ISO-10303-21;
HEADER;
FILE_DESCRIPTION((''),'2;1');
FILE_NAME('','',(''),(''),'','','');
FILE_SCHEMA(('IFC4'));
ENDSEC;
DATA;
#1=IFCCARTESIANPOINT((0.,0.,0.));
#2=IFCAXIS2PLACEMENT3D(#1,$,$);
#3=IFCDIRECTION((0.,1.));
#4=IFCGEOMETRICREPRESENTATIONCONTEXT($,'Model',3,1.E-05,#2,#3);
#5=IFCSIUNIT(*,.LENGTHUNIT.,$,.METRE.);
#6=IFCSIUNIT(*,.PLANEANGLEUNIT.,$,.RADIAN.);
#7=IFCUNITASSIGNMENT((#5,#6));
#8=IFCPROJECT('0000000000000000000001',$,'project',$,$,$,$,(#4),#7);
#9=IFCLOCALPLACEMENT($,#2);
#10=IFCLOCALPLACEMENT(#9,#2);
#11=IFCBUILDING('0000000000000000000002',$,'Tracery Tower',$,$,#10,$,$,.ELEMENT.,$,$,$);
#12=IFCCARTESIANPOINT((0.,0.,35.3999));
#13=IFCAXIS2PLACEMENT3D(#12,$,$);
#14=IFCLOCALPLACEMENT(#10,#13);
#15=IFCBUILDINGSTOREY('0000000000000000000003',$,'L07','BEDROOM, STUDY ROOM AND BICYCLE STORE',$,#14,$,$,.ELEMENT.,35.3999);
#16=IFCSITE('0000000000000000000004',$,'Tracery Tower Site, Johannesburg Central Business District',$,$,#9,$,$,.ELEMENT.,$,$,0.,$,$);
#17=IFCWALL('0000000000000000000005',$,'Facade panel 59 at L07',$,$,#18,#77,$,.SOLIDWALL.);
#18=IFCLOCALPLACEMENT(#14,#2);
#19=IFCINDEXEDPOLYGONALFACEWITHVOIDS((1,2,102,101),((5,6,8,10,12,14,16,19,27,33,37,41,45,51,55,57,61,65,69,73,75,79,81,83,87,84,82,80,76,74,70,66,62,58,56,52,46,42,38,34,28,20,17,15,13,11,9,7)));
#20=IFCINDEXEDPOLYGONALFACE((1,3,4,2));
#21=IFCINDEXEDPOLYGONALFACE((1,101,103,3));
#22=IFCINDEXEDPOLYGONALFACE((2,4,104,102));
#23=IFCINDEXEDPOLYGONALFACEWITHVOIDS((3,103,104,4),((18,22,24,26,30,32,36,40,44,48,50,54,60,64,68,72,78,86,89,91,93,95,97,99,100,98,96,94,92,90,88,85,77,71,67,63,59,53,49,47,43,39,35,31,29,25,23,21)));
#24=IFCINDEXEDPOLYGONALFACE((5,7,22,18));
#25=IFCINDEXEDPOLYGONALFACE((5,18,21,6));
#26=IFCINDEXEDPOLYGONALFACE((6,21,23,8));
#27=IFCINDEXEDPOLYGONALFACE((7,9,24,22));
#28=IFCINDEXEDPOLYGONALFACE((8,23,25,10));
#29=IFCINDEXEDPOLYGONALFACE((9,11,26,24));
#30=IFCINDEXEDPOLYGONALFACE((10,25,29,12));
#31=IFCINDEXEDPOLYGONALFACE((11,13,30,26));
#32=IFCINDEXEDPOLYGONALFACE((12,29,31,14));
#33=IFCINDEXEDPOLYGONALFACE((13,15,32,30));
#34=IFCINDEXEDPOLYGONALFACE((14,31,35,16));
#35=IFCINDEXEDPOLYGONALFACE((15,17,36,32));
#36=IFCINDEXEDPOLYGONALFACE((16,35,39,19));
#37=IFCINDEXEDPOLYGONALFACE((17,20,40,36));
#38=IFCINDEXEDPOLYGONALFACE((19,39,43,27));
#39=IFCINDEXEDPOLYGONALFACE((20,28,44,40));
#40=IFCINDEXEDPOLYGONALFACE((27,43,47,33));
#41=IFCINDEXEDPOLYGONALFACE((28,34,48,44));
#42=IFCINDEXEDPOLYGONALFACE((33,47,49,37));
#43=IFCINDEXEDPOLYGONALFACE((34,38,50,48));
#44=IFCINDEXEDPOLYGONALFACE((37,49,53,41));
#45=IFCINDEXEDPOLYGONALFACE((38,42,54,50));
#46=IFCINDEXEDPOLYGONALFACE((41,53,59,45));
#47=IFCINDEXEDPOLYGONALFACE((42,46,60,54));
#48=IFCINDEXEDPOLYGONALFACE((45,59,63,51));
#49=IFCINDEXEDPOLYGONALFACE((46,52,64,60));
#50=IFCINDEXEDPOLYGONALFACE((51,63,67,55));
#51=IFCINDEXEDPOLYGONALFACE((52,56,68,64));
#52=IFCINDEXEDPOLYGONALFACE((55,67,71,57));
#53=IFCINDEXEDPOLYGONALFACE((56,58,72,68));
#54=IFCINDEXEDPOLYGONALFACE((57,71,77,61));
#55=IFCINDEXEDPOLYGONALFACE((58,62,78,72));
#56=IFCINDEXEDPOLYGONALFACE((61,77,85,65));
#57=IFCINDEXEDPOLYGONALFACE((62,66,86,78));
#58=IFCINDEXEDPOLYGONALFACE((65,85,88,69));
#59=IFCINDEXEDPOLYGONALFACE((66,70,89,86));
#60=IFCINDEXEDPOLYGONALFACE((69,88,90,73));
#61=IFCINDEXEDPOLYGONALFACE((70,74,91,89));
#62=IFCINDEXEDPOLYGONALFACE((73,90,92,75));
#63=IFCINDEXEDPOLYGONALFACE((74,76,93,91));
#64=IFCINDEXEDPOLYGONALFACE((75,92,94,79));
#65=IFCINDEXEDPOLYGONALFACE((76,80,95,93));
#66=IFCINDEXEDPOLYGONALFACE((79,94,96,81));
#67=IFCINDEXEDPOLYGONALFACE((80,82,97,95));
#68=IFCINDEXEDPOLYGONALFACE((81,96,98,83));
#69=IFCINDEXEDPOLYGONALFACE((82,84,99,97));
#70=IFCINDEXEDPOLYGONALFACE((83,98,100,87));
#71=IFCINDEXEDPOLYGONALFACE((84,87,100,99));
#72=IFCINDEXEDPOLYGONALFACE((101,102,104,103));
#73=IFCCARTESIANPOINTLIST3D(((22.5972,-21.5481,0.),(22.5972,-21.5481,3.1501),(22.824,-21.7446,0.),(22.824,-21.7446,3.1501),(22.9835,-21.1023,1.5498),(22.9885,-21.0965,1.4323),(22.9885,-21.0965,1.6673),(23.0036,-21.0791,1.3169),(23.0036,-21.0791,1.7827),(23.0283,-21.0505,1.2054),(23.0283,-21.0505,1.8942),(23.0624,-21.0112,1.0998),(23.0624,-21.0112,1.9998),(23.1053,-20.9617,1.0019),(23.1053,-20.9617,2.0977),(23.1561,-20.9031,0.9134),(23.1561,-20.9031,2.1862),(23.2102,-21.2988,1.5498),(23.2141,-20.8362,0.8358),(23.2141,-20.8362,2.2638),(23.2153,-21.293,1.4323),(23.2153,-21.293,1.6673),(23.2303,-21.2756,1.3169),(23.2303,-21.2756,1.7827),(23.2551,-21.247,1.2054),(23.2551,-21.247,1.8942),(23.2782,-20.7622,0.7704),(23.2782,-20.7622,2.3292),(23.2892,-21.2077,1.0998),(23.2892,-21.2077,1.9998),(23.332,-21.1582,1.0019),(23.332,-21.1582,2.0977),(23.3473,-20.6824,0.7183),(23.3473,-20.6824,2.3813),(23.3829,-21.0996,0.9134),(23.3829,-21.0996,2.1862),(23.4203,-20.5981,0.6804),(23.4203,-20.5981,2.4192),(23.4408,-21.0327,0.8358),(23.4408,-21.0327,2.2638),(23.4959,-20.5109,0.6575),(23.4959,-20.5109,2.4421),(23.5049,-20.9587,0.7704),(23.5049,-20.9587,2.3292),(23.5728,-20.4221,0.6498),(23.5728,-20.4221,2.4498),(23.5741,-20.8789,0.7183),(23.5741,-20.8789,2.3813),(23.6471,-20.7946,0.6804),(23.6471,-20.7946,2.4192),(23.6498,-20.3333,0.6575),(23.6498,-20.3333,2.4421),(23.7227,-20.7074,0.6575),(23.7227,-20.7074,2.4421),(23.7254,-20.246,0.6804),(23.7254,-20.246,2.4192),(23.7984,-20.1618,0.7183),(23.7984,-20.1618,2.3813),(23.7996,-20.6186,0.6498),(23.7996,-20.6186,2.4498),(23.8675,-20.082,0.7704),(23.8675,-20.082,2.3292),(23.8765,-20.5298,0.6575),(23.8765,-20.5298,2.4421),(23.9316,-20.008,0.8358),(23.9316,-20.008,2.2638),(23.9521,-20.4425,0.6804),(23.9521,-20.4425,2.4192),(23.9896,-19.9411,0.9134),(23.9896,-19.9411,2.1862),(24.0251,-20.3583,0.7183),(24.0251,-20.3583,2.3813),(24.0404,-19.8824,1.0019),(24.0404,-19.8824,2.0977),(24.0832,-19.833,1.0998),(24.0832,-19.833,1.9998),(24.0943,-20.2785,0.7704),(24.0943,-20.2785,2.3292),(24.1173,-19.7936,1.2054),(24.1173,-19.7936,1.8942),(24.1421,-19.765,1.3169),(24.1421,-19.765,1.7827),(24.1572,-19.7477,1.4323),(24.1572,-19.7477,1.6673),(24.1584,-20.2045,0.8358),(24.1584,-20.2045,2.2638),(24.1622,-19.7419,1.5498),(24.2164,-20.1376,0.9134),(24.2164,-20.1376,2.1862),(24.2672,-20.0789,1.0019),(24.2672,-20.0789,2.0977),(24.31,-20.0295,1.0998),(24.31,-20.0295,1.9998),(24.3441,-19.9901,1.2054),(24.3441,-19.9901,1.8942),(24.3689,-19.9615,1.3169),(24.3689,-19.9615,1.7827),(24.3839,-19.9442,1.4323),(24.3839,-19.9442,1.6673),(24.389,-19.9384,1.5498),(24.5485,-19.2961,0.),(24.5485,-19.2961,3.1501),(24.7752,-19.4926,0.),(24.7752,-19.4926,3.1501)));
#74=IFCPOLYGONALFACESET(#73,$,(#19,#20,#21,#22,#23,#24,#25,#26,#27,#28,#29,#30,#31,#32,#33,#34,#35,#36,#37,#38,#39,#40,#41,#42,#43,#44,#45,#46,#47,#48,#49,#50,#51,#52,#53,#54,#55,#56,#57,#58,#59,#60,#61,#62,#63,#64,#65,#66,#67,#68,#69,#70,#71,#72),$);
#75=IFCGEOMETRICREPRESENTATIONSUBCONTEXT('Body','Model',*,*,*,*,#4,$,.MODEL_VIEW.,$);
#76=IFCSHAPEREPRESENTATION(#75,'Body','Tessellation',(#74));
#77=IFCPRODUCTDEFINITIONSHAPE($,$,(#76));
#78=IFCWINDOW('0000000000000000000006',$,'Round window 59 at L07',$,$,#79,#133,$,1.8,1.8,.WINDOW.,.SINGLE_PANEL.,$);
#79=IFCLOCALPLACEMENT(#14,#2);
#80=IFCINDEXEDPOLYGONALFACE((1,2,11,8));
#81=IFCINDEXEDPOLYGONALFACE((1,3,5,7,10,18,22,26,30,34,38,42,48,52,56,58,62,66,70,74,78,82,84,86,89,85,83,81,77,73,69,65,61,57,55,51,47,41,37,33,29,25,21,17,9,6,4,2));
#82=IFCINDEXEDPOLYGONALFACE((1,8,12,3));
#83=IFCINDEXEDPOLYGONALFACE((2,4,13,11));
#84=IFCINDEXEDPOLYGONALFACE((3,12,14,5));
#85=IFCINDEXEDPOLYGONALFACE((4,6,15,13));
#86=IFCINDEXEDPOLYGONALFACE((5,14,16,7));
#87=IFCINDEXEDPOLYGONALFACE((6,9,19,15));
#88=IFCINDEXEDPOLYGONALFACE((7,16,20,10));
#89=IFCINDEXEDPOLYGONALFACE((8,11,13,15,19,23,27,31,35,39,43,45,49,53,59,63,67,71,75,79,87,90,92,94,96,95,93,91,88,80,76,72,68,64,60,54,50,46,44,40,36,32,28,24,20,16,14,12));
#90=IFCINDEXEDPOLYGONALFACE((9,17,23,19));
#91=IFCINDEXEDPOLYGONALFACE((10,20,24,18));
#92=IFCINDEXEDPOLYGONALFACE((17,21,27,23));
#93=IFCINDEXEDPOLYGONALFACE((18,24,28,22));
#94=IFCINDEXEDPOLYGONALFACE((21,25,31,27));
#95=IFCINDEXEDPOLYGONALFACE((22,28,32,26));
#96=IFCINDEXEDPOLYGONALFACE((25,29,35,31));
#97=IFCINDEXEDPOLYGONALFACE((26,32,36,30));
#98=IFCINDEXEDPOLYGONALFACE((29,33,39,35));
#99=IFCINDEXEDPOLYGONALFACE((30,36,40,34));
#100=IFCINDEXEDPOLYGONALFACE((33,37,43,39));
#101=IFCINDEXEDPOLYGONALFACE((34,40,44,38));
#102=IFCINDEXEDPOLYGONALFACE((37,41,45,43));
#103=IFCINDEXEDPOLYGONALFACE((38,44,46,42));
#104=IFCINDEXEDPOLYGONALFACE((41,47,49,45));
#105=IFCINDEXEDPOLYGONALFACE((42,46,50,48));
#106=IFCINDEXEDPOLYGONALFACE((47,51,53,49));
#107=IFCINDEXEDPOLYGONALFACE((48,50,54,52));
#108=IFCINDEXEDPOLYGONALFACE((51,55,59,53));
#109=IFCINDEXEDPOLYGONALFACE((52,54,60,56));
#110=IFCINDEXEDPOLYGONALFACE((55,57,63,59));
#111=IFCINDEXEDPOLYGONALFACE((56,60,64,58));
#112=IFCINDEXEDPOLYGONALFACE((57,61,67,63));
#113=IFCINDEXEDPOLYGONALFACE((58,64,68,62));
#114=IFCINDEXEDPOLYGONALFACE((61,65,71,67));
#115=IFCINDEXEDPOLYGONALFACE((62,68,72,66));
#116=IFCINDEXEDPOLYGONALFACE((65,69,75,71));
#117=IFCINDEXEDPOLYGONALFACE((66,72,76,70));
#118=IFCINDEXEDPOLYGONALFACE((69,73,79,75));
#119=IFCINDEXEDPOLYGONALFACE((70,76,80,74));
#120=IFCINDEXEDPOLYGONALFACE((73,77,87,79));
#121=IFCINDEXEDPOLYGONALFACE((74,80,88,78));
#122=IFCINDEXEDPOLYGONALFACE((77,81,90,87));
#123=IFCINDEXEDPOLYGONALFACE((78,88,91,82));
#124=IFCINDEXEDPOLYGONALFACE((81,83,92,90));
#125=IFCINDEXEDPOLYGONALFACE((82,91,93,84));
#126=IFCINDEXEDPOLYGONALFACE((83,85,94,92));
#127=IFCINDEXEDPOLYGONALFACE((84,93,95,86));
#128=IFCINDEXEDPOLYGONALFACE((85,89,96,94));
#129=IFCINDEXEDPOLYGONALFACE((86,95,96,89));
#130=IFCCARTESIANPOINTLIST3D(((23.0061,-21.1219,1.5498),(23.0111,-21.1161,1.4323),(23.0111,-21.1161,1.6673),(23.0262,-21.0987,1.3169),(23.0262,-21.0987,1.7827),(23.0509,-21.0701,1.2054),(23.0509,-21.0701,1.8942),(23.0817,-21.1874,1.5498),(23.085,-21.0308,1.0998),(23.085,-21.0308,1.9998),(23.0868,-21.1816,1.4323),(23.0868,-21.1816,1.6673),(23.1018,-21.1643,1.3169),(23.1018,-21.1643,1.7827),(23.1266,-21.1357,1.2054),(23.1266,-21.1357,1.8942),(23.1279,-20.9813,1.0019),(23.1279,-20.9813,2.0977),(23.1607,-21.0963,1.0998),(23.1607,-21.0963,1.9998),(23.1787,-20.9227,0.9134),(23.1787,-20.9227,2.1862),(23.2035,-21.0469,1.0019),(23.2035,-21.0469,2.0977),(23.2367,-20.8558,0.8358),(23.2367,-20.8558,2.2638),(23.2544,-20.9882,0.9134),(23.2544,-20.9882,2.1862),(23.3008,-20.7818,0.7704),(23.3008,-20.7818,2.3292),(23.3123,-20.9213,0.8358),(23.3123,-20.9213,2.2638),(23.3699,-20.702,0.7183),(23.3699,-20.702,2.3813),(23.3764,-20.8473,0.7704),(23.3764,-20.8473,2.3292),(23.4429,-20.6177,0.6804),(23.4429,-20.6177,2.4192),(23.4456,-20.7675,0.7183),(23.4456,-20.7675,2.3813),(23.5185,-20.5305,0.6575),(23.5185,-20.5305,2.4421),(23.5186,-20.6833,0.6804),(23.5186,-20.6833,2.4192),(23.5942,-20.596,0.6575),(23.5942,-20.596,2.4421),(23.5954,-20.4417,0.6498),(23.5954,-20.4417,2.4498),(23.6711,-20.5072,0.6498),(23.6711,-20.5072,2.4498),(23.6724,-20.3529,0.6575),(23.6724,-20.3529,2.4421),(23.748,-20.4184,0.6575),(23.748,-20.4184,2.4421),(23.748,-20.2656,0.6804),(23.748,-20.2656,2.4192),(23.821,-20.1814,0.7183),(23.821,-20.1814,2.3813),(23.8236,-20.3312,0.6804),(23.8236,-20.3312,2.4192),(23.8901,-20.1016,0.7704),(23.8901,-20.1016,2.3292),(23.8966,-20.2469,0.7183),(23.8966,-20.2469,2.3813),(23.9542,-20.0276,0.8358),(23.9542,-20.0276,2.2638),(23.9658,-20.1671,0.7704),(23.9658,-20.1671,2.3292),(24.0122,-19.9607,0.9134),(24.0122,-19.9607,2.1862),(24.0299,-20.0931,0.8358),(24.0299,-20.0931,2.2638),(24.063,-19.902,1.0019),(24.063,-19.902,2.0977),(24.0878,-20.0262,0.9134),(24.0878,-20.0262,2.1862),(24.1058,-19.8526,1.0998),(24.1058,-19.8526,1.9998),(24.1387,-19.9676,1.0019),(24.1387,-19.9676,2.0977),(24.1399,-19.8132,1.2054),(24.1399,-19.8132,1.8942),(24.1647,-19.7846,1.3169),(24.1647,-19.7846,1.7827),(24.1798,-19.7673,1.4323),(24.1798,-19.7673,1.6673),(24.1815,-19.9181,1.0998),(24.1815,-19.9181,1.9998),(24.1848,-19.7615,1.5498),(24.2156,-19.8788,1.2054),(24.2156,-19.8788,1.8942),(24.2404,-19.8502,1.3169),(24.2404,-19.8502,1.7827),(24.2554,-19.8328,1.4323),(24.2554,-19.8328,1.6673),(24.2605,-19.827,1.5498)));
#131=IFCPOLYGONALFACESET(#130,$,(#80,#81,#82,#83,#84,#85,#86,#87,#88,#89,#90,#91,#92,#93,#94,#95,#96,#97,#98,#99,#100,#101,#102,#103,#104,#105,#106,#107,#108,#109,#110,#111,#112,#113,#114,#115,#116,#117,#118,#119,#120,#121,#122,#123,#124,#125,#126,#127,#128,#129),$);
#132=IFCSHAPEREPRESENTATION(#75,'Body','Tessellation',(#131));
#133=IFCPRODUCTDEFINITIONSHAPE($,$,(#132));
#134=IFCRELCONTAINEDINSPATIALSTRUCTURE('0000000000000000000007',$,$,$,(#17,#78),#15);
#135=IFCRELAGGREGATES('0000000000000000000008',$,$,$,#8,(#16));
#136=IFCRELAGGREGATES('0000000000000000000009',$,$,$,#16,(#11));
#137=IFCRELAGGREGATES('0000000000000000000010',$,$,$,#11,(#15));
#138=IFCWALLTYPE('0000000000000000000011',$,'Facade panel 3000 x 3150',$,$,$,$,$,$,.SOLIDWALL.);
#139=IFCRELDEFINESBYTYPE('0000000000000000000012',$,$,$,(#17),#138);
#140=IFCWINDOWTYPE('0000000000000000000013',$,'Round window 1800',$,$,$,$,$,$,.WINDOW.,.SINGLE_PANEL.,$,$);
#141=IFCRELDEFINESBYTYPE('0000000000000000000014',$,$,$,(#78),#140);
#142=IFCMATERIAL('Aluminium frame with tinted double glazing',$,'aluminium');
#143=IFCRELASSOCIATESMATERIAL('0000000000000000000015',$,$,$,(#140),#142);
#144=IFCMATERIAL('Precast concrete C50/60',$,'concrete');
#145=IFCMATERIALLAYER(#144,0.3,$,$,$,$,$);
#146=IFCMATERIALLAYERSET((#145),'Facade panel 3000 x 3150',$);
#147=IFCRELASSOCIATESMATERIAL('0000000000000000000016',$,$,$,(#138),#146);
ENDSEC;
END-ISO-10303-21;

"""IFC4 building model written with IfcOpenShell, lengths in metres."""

from ifc_helpers import new_model, si_unit, direction, frame, frame_2d, origin, origin_2d, place, context, subcontext, project, spatial, rectangle, circle, extrude, material, layer, layer_set, type_object, element, fill, save


model = new_model("IFC4")

# Units and contexts
model_context = context("Model", 3, precision=1e-05, world=origin(), true_north=direction((0.0, 1.0)))
body_context = subcontext(model_context, "Body", "Model", "MODEL_VIEW")
ifc_project = project(units=[si_unit("LENGTHUNIT", "METRE"), si_unit("PLANEANGLEUNIT", "RADIAN")], contexts=[model_context])

# Site, building, storey
site_placement = place(None, origin())
site = spatial("IfcSite", under=ifc_project, at=site_placement, Name="Tracery Tower Site, Johannesburg Central Business District", CompositionType="ELEMENT", RefElevation=0.0)
building_placement = place(site_placement, origin())
building = spatial("IfcBuilding", under=site, at=building_placement, Name="Tracery Tower", CompositionType="ELEMENT")
storey_placement = place(building_placement, frame((0.0, 0.0, 35.3999)))
storey = spatial("IfcBuildingStorey", under=building, at=storey_placement, Name="L07", Description="BEDROOM, STUDY ROOM AND BICYCLE STORE", CompositionType="ELEMENT", Elevation=35.3999)

# Wall, opening, window
ifc_material_1 = material(Name="Aluminium frame with tinted double glazing", Category="aluminium")
window_type = type_object("IfcWindowType", Name="Round window 1800", PartitioningType="SINGLE_PANEL", PredefinedType="WINDOW", material=ifc_material_1)
ifc_material_2 = material(Name="Precast concrete C50/60", Category="concrete")
ifc_layer_1 = layer(ifc_material_2, 0.3)
ifc_layer_set_1 = layer_set([ifc_layer_1], Name="Facade panel 3000 x 3150")
wall_type_1 = type_object("IfcWallType", Name="Facade panel 3000 x 3150", PredefinedType="SOLIDWALL", material=ifc_layer_set_1)
wall_1_placement = place(storey_placement, frame((22.7107, -21.6462, 0.0), z_axis=(0.0, 0.0, 1.0), x_axis=(0.654831, 0.755776, 0.0)))
wall_1 = element("IfcWall", 1, at=wall_1_placement, inside=storey, type_object=wall_type_1, Name="Facade panel 59 at L07", PredefinedType="SOLIDWALL", context=body_context, shape_type="SweptSolid", body=[
    extrude(rectangle(XDim=2.9797, YDim=0.3, at=frame_2d((1.4897, 0.0))), origin(), (0.0, 0.0, 1.0), 3.1501),
])
opening_1_placement = place(wall_1_placement, frame((1.4897, 0.0, 1.5498)))
opening_1 = element("IfcOpeningElement", 2, at=opening_1_placement, cuts=wall_1, PredefinedType="OPENING", context=body_context, shape_type="SweptSolid", body=[
    extrude(circle(Radius=0.9, at=origin_2d()), frame((0.0, 0.1599, 0.0), z_axis=(0.0, -1.0, 0.0), x_axis=(1.0, 0.0, 0.0)), (0.0, 0.0, 1.0), 0.3201),
])
window_1_placement = place(opening_1_placement, origin())
window_1 = element("IfcWindow", 3, at=window_1_placement, inside=storey, type_object=window_type, Name="Round window 59 at L07", OverallHeight=1.8, OverallWidth=1.8, PartitioningType="SINGLE_PANEL", PredefinedType="WINDOW", context=body_context, shape_type="SweptSolid", body=[
    extrude(circle(Radius=0.9, at=origin_2d()), frame((0.0, 0.1201, 0.0), z_axis=(0.0, -1.0, 0.0), x_axis=(1.0, 0.0, 0.0)), (0.0, 0.0, 1.0), 0.1001),
])
fill(opening_1, window_1)

save(model, "model.ifc")
